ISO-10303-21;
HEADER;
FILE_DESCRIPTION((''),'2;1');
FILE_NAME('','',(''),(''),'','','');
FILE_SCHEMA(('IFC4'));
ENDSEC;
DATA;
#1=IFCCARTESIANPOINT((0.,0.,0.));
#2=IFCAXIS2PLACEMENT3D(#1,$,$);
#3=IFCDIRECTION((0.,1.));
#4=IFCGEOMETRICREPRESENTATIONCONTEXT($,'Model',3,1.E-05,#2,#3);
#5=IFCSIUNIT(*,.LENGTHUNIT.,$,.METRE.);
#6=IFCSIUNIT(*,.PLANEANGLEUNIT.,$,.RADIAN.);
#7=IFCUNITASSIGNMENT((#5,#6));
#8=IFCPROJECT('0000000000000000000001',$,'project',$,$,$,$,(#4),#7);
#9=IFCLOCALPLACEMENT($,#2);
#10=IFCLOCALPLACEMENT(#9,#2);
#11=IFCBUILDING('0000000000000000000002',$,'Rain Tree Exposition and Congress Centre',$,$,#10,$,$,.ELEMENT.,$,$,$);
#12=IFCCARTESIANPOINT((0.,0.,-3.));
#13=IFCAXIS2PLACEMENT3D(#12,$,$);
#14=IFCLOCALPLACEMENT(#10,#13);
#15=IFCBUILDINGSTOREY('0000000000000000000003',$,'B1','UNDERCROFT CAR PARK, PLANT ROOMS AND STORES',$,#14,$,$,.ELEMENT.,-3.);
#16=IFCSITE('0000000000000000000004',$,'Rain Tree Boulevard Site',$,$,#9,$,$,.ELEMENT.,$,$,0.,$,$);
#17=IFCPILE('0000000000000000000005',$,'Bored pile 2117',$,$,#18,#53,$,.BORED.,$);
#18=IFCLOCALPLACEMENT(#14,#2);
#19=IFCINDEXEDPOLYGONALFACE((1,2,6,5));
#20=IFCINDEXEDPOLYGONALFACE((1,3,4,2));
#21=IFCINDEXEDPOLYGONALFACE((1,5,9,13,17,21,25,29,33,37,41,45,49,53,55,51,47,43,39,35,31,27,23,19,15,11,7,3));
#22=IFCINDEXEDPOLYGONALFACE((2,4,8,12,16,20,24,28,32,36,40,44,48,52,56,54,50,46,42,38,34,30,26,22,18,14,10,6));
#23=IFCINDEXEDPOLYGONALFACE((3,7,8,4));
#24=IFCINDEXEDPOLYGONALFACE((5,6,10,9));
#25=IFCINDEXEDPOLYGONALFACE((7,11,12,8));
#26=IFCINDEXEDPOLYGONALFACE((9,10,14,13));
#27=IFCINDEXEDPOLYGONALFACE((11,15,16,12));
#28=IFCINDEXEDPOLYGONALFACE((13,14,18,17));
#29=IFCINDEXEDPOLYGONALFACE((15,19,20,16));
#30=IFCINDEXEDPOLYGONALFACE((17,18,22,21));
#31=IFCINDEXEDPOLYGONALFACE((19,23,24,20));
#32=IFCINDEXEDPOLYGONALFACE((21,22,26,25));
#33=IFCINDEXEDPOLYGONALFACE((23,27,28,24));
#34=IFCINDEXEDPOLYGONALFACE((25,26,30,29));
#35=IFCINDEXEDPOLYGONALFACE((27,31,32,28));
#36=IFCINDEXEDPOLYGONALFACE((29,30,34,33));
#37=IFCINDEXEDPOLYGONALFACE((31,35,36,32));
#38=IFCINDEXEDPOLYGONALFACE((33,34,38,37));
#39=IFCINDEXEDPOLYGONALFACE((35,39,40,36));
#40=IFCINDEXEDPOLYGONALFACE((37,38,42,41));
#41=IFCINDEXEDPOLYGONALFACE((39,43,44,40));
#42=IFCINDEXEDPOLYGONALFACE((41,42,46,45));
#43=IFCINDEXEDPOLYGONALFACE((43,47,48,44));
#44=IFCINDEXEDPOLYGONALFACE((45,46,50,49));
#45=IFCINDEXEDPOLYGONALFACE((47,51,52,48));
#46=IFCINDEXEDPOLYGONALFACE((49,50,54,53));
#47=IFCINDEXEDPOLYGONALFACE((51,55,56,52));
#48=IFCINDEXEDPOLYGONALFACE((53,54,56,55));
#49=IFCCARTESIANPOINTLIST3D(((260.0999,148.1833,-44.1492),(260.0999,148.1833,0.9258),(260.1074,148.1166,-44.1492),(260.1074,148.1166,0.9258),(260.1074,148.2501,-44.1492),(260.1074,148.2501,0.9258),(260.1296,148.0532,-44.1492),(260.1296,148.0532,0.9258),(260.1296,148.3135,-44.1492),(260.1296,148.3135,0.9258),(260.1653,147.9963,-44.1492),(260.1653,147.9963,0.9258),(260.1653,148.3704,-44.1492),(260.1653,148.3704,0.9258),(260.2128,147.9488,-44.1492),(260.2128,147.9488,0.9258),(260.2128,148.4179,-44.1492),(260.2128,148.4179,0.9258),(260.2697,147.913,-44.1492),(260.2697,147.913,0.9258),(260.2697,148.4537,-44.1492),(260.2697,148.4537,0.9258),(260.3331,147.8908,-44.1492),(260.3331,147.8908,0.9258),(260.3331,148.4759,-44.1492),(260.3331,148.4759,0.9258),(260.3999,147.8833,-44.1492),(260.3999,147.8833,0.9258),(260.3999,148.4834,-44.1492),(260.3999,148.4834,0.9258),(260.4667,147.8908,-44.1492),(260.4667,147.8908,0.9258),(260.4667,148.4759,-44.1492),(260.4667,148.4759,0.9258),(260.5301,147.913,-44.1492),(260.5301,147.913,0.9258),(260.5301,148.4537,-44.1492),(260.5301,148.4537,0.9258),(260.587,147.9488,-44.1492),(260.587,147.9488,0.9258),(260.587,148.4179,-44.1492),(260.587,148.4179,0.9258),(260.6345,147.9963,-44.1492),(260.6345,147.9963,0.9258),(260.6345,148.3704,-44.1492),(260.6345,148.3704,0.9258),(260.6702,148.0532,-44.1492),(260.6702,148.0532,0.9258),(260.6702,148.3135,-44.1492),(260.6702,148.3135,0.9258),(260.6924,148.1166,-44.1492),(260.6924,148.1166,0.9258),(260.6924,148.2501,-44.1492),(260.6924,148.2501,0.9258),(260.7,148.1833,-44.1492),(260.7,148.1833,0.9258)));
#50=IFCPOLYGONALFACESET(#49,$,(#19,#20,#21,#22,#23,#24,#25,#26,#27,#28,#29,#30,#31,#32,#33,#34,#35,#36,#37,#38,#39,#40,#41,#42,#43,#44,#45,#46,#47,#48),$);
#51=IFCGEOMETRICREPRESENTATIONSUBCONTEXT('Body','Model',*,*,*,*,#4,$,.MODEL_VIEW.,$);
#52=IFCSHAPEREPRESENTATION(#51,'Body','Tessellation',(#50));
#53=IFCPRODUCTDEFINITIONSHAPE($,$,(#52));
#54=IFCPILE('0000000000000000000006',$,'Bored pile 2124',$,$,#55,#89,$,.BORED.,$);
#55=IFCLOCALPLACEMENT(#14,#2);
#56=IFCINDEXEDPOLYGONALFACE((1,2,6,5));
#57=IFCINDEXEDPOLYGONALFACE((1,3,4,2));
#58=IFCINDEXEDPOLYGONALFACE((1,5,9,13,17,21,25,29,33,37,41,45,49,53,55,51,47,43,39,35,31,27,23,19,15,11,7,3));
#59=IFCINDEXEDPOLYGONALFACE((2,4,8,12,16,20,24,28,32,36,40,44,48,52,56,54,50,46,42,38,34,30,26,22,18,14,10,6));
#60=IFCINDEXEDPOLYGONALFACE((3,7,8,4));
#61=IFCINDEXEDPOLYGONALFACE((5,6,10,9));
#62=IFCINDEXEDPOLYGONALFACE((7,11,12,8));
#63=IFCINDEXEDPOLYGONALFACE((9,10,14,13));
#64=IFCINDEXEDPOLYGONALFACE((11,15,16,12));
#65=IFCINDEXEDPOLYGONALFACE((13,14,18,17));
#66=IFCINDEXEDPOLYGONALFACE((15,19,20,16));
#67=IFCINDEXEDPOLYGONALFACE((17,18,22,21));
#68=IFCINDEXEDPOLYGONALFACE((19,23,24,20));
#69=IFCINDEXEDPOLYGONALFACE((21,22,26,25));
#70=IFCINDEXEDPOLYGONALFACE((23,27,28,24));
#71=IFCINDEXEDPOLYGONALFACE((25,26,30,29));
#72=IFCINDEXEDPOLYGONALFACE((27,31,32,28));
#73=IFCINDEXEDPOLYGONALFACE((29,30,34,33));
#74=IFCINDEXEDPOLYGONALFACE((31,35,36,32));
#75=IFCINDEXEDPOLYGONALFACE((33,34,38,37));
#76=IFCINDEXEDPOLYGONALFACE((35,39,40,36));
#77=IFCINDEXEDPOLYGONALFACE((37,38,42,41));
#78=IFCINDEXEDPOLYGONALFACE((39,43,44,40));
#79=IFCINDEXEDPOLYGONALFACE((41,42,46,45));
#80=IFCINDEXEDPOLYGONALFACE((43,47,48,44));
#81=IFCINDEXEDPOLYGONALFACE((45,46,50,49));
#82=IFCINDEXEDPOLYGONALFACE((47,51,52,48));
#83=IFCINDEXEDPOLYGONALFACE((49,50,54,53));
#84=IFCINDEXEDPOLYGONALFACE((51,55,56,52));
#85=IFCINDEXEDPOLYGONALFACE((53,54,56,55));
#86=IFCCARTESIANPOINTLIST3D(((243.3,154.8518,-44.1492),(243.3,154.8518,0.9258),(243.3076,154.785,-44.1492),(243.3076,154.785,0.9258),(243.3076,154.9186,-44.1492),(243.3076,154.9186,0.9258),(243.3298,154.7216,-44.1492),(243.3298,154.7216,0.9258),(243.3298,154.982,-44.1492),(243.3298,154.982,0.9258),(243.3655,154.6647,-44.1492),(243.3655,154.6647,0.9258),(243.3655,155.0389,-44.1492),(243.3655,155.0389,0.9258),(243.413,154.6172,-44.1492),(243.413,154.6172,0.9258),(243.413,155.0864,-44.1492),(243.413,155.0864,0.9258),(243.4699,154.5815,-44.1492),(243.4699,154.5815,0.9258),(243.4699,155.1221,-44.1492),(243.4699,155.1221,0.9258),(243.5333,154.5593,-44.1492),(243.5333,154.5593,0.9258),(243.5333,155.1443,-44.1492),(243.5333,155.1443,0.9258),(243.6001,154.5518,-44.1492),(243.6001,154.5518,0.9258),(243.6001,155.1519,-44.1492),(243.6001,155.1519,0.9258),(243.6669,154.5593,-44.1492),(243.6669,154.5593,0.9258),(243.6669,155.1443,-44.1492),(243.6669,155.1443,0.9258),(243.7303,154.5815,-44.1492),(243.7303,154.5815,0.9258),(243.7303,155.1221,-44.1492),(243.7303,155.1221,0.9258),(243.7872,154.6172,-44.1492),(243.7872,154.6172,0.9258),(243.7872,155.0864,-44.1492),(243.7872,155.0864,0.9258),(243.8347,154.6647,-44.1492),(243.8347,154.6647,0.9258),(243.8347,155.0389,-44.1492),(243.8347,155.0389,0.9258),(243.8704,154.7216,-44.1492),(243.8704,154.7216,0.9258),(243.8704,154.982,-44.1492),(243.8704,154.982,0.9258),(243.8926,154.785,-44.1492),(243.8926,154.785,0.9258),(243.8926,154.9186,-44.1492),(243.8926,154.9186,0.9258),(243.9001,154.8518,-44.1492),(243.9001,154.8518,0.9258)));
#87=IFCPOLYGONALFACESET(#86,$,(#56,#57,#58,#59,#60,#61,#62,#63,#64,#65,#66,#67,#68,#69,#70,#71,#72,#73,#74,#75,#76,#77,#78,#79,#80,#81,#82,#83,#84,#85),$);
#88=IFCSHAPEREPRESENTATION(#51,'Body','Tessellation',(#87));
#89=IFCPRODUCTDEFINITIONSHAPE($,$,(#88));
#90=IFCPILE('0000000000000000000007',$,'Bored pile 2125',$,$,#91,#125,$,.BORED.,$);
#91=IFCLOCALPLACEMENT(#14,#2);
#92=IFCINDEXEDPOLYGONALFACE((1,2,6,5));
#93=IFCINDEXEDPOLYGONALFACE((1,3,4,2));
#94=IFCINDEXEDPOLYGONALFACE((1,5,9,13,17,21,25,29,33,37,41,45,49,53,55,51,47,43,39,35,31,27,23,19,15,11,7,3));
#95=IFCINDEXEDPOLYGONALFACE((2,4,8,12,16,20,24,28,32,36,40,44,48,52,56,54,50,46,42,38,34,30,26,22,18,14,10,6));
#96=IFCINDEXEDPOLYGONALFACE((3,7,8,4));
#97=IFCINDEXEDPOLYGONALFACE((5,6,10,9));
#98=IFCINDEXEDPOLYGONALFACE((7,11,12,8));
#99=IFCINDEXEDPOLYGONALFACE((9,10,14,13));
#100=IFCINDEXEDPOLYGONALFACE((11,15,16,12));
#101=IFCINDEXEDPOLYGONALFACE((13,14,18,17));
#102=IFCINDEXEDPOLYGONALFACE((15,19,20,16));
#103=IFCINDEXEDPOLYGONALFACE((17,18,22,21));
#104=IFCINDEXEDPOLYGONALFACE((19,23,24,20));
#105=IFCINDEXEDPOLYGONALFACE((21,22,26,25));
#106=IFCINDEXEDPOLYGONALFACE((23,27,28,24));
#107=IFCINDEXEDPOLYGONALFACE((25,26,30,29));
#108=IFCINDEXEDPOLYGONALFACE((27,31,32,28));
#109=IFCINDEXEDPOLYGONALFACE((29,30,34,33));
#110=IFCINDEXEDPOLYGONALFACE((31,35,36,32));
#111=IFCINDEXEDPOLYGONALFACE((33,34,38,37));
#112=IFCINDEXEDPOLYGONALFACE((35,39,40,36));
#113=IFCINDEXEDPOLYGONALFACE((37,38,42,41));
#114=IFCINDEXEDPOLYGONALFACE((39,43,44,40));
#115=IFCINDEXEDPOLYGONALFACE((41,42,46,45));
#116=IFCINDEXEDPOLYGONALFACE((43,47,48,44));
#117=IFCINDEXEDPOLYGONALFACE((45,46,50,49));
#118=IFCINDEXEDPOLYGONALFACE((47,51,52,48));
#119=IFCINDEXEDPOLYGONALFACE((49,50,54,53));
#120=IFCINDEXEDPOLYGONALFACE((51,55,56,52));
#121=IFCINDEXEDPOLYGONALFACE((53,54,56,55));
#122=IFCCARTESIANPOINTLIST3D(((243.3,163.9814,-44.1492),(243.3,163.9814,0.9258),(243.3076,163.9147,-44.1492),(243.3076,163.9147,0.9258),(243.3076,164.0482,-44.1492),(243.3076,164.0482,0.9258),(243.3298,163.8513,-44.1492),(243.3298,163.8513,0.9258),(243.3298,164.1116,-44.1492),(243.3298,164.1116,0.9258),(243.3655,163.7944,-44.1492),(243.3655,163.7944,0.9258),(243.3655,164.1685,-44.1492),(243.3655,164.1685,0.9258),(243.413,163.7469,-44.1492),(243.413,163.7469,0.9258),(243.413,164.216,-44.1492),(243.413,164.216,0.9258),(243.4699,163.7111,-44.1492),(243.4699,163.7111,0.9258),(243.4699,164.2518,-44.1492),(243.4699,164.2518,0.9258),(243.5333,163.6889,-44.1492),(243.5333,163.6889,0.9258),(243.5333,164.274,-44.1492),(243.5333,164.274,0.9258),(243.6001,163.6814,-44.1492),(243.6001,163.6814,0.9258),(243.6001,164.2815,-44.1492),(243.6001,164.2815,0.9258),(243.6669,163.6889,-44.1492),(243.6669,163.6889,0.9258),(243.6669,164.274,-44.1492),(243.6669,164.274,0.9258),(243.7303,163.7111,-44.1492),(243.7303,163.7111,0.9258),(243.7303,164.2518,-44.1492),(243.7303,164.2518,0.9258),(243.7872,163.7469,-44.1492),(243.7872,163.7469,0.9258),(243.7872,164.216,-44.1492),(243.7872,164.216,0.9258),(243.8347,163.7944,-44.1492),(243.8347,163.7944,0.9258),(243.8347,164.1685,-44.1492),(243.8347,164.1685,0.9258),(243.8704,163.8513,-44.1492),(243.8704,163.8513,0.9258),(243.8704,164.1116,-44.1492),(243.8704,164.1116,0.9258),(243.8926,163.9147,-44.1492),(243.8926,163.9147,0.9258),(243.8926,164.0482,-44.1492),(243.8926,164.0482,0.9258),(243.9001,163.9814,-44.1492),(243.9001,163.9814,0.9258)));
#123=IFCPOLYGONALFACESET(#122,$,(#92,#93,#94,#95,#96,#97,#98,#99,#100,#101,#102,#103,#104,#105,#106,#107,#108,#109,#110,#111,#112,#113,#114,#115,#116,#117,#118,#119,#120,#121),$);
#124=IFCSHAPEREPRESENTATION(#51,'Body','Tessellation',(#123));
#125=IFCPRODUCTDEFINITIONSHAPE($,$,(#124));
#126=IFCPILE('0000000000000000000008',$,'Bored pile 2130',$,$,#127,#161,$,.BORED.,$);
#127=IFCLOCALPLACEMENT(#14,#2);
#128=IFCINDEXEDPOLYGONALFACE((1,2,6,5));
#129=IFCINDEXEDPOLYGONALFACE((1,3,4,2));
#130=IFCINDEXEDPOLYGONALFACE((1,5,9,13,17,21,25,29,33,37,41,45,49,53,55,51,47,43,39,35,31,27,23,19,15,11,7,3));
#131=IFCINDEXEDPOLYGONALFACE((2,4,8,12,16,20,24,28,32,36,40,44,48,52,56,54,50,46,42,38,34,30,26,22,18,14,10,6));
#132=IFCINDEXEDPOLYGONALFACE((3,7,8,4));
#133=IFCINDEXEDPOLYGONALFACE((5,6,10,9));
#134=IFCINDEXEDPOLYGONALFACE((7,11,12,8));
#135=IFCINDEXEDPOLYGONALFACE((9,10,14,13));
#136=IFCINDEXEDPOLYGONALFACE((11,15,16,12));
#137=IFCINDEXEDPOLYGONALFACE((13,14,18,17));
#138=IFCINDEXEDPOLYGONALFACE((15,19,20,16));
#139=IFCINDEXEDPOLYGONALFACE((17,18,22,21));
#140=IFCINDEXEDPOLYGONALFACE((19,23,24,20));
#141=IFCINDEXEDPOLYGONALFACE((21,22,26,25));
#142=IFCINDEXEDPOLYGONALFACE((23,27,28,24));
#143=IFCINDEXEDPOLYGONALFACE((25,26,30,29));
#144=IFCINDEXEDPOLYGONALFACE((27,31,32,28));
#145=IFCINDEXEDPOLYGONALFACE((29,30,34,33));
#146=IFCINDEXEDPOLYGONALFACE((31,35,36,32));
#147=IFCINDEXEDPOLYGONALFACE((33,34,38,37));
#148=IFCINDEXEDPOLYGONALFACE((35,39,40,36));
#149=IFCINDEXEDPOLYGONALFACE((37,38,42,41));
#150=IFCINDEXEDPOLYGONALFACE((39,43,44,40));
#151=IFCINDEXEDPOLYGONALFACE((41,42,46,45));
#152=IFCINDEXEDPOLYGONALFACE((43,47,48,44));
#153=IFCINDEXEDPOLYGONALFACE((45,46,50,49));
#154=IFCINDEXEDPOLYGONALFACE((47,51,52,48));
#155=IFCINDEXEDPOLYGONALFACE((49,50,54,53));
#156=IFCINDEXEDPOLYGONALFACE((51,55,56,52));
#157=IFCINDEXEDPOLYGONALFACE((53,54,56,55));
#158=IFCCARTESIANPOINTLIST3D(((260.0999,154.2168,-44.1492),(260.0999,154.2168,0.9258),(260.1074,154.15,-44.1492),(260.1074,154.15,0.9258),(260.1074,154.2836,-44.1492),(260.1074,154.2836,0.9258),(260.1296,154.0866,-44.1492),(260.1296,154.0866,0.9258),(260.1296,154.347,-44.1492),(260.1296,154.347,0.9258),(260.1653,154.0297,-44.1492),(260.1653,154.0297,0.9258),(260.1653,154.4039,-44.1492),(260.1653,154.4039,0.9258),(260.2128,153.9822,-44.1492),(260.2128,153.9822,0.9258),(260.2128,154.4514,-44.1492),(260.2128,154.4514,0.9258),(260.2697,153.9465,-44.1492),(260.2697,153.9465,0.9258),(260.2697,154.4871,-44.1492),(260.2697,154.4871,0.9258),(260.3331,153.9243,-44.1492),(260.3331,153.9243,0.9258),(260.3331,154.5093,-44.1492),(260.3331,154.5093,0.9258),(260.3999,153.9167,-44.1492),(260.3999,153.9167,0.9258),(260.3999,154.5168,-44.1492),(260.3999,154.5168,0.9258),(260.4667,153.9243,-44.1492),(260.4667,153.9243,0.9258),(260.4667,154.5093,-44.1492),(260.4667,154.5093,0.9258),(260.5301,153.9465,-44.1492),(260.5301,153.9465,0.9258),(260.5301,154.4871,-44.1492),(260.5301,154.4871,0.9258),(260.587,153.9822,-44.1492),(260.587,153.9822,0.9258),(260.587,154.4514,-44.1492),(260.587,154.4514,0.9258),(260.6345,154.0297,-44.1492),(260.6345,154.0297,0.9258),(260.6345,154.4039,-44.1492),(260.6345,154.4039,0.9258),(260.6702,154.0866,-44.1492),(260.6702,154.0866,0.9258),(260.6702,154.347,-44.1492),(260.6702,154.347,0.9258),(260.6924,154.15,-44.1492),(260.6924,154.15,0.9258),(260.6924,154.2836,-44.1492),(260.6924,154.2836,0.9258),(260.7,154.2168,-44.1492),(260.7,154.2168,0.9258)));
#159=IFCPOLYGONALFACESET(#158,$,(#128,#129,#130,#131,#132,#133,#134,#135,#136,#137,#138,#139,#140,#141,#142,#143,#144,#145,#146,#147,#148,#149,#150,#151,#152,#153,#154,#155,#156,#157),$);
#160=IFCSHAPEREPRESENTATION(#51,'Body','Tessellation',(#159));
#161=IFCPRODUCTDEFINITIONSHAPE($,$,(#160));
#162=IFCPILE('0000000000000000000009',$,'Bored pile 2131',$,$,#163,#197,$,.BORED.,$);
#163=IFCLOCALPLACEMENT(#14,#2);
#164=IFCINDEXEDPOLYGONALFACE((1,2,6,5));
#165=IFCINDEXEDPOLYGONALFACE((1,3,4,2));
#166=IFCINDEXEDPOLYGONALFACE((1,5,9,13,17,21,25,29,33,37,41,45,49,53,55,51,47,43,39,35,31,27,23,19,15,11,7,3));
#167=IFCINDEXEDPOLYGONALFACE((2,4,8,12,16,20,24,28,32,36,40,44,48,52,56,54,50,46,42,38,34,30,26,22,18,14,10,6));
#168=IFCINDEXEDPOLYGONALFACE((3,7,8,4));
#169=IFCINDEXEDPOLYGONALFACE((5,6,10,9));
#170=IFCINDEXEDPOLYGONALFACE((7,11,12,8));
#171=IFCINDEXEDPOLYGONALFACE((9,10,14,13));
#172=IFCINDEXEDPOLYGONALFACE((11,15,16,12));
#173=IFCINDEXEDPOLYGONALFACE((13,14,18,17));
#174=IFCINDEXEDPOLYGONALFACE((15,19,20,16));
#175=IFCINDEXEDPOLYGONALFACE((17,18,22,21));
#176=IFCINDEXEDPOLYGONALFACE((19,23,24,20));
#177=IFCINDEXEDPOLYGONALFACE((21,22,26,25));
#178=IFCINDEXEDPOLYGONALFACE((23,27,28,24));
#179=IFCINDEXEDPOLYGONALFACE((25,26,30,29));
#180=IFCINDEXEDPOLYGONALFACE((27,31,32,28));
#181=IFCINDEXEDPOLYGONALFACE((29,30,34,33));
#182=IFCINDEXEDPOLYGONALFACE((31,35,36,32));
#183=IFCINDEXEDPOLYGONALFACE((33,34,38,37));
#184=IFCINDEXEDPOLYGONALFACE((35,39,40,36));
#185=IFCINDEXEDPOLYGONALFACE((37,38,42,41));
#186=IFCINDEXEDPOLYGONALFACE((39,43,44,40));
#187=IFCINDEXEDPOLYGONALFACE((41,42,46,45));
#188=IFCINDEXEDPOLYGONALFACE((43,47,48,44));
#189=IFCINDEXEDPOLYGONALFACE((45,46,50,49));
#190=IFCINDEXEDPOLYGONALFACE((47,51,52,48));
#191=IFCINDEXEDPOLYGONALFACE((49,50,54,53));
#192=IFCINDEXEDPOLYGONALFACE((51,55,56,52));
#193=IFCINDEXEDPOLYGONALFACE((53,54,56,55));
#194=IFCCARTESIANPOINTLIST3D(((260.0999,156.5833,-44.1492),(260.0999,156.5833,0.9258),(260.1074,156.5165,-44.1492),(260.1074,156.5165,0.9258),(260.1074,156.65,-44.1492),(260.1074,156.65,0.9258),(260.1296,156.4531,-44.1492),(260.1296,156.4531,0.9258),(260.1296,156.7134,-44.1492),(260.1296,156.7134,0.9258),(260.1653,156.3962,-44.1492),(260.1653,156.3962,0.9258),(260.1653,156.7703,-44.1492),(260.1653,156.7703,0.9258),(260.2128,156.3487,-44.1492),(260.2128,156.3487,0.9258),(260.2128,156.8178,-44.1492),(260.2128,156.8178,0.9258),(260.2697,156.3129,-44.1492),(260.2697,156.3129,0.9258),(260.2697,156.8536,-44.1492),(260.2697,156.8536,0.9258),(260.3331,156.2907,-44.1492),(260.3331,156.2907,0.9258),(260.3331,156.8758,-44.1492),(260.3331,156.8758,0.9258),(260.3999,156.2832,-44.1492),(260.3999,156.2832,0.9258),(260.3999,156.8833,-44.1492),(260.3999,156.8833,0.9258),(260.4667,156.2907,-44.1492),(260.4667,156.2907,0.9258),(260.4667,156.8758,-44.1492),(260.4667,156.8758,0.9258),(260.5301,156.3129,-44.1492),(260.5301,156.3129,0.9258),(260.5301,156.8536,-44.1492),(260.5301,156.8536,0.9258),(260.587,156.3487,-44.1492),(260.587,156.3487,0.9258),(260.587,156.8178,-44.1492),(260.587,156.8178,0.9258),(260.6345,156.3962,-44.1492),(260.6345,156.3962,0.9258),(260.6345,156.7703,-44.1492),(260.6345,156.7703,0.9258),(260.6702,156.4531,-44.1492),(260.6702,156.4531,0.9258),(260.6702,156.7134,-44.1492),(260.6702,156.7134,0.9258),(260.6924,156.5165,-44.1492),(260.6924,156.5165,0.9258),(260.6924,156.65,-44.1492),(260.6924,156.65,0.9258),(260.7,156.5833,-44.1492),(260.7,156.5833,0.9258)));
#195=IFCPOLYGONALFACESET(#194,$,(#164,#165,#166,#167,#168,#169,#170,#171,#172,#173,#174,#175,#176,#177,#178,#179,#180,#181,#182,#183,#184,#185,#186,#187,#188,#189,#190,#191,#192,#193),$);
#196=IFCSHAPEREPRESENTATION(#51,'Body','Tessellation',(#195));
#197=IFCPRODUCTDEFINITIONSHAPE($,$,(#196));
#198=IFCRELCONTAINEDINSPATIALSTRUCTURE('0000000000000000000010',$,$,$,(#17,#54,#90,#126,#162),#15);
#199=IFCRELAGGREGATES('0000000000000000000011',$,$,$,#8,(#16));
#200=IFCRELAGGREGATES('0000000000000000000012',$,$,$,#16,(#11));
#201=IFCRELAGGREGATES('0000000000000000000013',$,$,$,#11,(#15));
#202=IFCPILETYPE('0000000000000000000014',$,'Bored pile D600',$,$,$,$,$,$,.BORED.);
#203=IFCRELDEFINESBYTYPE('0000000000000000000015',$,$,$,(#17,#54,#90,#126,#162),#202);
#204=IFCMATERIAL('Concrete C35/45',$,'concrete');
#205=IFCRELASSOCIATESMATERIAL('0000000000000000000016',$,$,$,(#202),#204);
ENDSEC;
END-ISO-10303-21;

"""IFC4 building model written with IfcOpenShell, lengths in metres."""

from ifc_helpers import new_model, si_unit, direction, frame, origin, origin_2d, place, context, subcontext, project, spatial, circle, extrude, material, material_profile, profile_set, type_object, element, save


model = new_model("IFC4")

# Units and contexts
model_context = context("Model", 3, precision=1e-05, world=origin(), true_north=direction((0.0, 1.0)))
body_context = subcontext(model_context, "Body", "Model", "MODEL_VIEW")
ifc_project = project(units=[si_unit("LENGTHUNIT", "METRE"), si_unit("PLANEANGLEUNIT", "RADIAN")], contexts=[model_context])

# Site, building, storey
site_placement = place(None, origin())
site = spatial("IfcSite", under=ifc_project, at=site_placement, Name="Rain Tree Boulevard Site", CompositionType="ELEMENT", RefElevation=0.0)
building_placement = place(site_placement, origin())
building = spatial("IfcBuilding", under=site, at=building_placement, Name="Rain Tree Exposition and Congress Centre", CompositionType="ELEMENT")
storey_placement = place(building_placement, frame((0.0, 0.0, -3.0)))
storey = spatial("IfcBuildingStorey", under=building, at=storey_placement, Name="B1", Description="UNDERCROFT CAR PARK, PLANT ROOMS AND STORES", CompositionType="ELEMENT", Elevation=-3.0)

# Piles
ifc_material_1 = material(Name="Concrete C35/45", Category="concrete")
ifc_material_profile_1 = material_profile(ifc_material_1, circle(Radius=0.3, at=origin_2d()), Name="D600")
ifc_profile_set_1 = profile_set([ifc_material_profile_1], Name="Concrete C35/45")
pile_type_1 = type_object("IfcPileType", Name="Bored pile D600", PredefinedType="BORED", material=ifc_profile_set_1)
for number, where, z_axis, x_axis, name in (
    (1, (260.3999, 148.1833, 0.9258), (0.0, 0.0, -1.0), (1.0, 0.0, 0.0), "Bored pile 2117"),
    (2, (243.6001, 154.8518, 0.9258), (0.0, 0.0, -1.0), (1.0, 0.0, 0.0), "Bored pile 2124"),
    (3, (243.6001, 163.9814, 0.9258), (0.0, 0.0, -1.0), (1.0, 0.0, 0.0), "Bored pile 2125"),
    (4, (260.3999, 154.2168, 0.9258), (0.0, 0.0, -1.0), (1.0, 0.0, 0.0), "Bored pile 2130"),
    (5, (260.3999, 156.5833, 0.9258), (0.0, 0.0, -1.0), (1.0, 0.0, 0.0), "Bored pile 2131"),
):
    element("IfcPile", number, at=place(storey_placement, frame(where, z_axis=z_axis, x_axis=x_axis)), inside=storey, type_object=pile_type_1, Name=name, PredefinedType="BORED", context=body_context, shape_type="SweptSolid", body=[
        extrude(circle(Radius=0.3, at=origin_2d()), origin(), (0.0, 0.0, 1.0), 45.075),
    ])

save(model, "model.ifc")
